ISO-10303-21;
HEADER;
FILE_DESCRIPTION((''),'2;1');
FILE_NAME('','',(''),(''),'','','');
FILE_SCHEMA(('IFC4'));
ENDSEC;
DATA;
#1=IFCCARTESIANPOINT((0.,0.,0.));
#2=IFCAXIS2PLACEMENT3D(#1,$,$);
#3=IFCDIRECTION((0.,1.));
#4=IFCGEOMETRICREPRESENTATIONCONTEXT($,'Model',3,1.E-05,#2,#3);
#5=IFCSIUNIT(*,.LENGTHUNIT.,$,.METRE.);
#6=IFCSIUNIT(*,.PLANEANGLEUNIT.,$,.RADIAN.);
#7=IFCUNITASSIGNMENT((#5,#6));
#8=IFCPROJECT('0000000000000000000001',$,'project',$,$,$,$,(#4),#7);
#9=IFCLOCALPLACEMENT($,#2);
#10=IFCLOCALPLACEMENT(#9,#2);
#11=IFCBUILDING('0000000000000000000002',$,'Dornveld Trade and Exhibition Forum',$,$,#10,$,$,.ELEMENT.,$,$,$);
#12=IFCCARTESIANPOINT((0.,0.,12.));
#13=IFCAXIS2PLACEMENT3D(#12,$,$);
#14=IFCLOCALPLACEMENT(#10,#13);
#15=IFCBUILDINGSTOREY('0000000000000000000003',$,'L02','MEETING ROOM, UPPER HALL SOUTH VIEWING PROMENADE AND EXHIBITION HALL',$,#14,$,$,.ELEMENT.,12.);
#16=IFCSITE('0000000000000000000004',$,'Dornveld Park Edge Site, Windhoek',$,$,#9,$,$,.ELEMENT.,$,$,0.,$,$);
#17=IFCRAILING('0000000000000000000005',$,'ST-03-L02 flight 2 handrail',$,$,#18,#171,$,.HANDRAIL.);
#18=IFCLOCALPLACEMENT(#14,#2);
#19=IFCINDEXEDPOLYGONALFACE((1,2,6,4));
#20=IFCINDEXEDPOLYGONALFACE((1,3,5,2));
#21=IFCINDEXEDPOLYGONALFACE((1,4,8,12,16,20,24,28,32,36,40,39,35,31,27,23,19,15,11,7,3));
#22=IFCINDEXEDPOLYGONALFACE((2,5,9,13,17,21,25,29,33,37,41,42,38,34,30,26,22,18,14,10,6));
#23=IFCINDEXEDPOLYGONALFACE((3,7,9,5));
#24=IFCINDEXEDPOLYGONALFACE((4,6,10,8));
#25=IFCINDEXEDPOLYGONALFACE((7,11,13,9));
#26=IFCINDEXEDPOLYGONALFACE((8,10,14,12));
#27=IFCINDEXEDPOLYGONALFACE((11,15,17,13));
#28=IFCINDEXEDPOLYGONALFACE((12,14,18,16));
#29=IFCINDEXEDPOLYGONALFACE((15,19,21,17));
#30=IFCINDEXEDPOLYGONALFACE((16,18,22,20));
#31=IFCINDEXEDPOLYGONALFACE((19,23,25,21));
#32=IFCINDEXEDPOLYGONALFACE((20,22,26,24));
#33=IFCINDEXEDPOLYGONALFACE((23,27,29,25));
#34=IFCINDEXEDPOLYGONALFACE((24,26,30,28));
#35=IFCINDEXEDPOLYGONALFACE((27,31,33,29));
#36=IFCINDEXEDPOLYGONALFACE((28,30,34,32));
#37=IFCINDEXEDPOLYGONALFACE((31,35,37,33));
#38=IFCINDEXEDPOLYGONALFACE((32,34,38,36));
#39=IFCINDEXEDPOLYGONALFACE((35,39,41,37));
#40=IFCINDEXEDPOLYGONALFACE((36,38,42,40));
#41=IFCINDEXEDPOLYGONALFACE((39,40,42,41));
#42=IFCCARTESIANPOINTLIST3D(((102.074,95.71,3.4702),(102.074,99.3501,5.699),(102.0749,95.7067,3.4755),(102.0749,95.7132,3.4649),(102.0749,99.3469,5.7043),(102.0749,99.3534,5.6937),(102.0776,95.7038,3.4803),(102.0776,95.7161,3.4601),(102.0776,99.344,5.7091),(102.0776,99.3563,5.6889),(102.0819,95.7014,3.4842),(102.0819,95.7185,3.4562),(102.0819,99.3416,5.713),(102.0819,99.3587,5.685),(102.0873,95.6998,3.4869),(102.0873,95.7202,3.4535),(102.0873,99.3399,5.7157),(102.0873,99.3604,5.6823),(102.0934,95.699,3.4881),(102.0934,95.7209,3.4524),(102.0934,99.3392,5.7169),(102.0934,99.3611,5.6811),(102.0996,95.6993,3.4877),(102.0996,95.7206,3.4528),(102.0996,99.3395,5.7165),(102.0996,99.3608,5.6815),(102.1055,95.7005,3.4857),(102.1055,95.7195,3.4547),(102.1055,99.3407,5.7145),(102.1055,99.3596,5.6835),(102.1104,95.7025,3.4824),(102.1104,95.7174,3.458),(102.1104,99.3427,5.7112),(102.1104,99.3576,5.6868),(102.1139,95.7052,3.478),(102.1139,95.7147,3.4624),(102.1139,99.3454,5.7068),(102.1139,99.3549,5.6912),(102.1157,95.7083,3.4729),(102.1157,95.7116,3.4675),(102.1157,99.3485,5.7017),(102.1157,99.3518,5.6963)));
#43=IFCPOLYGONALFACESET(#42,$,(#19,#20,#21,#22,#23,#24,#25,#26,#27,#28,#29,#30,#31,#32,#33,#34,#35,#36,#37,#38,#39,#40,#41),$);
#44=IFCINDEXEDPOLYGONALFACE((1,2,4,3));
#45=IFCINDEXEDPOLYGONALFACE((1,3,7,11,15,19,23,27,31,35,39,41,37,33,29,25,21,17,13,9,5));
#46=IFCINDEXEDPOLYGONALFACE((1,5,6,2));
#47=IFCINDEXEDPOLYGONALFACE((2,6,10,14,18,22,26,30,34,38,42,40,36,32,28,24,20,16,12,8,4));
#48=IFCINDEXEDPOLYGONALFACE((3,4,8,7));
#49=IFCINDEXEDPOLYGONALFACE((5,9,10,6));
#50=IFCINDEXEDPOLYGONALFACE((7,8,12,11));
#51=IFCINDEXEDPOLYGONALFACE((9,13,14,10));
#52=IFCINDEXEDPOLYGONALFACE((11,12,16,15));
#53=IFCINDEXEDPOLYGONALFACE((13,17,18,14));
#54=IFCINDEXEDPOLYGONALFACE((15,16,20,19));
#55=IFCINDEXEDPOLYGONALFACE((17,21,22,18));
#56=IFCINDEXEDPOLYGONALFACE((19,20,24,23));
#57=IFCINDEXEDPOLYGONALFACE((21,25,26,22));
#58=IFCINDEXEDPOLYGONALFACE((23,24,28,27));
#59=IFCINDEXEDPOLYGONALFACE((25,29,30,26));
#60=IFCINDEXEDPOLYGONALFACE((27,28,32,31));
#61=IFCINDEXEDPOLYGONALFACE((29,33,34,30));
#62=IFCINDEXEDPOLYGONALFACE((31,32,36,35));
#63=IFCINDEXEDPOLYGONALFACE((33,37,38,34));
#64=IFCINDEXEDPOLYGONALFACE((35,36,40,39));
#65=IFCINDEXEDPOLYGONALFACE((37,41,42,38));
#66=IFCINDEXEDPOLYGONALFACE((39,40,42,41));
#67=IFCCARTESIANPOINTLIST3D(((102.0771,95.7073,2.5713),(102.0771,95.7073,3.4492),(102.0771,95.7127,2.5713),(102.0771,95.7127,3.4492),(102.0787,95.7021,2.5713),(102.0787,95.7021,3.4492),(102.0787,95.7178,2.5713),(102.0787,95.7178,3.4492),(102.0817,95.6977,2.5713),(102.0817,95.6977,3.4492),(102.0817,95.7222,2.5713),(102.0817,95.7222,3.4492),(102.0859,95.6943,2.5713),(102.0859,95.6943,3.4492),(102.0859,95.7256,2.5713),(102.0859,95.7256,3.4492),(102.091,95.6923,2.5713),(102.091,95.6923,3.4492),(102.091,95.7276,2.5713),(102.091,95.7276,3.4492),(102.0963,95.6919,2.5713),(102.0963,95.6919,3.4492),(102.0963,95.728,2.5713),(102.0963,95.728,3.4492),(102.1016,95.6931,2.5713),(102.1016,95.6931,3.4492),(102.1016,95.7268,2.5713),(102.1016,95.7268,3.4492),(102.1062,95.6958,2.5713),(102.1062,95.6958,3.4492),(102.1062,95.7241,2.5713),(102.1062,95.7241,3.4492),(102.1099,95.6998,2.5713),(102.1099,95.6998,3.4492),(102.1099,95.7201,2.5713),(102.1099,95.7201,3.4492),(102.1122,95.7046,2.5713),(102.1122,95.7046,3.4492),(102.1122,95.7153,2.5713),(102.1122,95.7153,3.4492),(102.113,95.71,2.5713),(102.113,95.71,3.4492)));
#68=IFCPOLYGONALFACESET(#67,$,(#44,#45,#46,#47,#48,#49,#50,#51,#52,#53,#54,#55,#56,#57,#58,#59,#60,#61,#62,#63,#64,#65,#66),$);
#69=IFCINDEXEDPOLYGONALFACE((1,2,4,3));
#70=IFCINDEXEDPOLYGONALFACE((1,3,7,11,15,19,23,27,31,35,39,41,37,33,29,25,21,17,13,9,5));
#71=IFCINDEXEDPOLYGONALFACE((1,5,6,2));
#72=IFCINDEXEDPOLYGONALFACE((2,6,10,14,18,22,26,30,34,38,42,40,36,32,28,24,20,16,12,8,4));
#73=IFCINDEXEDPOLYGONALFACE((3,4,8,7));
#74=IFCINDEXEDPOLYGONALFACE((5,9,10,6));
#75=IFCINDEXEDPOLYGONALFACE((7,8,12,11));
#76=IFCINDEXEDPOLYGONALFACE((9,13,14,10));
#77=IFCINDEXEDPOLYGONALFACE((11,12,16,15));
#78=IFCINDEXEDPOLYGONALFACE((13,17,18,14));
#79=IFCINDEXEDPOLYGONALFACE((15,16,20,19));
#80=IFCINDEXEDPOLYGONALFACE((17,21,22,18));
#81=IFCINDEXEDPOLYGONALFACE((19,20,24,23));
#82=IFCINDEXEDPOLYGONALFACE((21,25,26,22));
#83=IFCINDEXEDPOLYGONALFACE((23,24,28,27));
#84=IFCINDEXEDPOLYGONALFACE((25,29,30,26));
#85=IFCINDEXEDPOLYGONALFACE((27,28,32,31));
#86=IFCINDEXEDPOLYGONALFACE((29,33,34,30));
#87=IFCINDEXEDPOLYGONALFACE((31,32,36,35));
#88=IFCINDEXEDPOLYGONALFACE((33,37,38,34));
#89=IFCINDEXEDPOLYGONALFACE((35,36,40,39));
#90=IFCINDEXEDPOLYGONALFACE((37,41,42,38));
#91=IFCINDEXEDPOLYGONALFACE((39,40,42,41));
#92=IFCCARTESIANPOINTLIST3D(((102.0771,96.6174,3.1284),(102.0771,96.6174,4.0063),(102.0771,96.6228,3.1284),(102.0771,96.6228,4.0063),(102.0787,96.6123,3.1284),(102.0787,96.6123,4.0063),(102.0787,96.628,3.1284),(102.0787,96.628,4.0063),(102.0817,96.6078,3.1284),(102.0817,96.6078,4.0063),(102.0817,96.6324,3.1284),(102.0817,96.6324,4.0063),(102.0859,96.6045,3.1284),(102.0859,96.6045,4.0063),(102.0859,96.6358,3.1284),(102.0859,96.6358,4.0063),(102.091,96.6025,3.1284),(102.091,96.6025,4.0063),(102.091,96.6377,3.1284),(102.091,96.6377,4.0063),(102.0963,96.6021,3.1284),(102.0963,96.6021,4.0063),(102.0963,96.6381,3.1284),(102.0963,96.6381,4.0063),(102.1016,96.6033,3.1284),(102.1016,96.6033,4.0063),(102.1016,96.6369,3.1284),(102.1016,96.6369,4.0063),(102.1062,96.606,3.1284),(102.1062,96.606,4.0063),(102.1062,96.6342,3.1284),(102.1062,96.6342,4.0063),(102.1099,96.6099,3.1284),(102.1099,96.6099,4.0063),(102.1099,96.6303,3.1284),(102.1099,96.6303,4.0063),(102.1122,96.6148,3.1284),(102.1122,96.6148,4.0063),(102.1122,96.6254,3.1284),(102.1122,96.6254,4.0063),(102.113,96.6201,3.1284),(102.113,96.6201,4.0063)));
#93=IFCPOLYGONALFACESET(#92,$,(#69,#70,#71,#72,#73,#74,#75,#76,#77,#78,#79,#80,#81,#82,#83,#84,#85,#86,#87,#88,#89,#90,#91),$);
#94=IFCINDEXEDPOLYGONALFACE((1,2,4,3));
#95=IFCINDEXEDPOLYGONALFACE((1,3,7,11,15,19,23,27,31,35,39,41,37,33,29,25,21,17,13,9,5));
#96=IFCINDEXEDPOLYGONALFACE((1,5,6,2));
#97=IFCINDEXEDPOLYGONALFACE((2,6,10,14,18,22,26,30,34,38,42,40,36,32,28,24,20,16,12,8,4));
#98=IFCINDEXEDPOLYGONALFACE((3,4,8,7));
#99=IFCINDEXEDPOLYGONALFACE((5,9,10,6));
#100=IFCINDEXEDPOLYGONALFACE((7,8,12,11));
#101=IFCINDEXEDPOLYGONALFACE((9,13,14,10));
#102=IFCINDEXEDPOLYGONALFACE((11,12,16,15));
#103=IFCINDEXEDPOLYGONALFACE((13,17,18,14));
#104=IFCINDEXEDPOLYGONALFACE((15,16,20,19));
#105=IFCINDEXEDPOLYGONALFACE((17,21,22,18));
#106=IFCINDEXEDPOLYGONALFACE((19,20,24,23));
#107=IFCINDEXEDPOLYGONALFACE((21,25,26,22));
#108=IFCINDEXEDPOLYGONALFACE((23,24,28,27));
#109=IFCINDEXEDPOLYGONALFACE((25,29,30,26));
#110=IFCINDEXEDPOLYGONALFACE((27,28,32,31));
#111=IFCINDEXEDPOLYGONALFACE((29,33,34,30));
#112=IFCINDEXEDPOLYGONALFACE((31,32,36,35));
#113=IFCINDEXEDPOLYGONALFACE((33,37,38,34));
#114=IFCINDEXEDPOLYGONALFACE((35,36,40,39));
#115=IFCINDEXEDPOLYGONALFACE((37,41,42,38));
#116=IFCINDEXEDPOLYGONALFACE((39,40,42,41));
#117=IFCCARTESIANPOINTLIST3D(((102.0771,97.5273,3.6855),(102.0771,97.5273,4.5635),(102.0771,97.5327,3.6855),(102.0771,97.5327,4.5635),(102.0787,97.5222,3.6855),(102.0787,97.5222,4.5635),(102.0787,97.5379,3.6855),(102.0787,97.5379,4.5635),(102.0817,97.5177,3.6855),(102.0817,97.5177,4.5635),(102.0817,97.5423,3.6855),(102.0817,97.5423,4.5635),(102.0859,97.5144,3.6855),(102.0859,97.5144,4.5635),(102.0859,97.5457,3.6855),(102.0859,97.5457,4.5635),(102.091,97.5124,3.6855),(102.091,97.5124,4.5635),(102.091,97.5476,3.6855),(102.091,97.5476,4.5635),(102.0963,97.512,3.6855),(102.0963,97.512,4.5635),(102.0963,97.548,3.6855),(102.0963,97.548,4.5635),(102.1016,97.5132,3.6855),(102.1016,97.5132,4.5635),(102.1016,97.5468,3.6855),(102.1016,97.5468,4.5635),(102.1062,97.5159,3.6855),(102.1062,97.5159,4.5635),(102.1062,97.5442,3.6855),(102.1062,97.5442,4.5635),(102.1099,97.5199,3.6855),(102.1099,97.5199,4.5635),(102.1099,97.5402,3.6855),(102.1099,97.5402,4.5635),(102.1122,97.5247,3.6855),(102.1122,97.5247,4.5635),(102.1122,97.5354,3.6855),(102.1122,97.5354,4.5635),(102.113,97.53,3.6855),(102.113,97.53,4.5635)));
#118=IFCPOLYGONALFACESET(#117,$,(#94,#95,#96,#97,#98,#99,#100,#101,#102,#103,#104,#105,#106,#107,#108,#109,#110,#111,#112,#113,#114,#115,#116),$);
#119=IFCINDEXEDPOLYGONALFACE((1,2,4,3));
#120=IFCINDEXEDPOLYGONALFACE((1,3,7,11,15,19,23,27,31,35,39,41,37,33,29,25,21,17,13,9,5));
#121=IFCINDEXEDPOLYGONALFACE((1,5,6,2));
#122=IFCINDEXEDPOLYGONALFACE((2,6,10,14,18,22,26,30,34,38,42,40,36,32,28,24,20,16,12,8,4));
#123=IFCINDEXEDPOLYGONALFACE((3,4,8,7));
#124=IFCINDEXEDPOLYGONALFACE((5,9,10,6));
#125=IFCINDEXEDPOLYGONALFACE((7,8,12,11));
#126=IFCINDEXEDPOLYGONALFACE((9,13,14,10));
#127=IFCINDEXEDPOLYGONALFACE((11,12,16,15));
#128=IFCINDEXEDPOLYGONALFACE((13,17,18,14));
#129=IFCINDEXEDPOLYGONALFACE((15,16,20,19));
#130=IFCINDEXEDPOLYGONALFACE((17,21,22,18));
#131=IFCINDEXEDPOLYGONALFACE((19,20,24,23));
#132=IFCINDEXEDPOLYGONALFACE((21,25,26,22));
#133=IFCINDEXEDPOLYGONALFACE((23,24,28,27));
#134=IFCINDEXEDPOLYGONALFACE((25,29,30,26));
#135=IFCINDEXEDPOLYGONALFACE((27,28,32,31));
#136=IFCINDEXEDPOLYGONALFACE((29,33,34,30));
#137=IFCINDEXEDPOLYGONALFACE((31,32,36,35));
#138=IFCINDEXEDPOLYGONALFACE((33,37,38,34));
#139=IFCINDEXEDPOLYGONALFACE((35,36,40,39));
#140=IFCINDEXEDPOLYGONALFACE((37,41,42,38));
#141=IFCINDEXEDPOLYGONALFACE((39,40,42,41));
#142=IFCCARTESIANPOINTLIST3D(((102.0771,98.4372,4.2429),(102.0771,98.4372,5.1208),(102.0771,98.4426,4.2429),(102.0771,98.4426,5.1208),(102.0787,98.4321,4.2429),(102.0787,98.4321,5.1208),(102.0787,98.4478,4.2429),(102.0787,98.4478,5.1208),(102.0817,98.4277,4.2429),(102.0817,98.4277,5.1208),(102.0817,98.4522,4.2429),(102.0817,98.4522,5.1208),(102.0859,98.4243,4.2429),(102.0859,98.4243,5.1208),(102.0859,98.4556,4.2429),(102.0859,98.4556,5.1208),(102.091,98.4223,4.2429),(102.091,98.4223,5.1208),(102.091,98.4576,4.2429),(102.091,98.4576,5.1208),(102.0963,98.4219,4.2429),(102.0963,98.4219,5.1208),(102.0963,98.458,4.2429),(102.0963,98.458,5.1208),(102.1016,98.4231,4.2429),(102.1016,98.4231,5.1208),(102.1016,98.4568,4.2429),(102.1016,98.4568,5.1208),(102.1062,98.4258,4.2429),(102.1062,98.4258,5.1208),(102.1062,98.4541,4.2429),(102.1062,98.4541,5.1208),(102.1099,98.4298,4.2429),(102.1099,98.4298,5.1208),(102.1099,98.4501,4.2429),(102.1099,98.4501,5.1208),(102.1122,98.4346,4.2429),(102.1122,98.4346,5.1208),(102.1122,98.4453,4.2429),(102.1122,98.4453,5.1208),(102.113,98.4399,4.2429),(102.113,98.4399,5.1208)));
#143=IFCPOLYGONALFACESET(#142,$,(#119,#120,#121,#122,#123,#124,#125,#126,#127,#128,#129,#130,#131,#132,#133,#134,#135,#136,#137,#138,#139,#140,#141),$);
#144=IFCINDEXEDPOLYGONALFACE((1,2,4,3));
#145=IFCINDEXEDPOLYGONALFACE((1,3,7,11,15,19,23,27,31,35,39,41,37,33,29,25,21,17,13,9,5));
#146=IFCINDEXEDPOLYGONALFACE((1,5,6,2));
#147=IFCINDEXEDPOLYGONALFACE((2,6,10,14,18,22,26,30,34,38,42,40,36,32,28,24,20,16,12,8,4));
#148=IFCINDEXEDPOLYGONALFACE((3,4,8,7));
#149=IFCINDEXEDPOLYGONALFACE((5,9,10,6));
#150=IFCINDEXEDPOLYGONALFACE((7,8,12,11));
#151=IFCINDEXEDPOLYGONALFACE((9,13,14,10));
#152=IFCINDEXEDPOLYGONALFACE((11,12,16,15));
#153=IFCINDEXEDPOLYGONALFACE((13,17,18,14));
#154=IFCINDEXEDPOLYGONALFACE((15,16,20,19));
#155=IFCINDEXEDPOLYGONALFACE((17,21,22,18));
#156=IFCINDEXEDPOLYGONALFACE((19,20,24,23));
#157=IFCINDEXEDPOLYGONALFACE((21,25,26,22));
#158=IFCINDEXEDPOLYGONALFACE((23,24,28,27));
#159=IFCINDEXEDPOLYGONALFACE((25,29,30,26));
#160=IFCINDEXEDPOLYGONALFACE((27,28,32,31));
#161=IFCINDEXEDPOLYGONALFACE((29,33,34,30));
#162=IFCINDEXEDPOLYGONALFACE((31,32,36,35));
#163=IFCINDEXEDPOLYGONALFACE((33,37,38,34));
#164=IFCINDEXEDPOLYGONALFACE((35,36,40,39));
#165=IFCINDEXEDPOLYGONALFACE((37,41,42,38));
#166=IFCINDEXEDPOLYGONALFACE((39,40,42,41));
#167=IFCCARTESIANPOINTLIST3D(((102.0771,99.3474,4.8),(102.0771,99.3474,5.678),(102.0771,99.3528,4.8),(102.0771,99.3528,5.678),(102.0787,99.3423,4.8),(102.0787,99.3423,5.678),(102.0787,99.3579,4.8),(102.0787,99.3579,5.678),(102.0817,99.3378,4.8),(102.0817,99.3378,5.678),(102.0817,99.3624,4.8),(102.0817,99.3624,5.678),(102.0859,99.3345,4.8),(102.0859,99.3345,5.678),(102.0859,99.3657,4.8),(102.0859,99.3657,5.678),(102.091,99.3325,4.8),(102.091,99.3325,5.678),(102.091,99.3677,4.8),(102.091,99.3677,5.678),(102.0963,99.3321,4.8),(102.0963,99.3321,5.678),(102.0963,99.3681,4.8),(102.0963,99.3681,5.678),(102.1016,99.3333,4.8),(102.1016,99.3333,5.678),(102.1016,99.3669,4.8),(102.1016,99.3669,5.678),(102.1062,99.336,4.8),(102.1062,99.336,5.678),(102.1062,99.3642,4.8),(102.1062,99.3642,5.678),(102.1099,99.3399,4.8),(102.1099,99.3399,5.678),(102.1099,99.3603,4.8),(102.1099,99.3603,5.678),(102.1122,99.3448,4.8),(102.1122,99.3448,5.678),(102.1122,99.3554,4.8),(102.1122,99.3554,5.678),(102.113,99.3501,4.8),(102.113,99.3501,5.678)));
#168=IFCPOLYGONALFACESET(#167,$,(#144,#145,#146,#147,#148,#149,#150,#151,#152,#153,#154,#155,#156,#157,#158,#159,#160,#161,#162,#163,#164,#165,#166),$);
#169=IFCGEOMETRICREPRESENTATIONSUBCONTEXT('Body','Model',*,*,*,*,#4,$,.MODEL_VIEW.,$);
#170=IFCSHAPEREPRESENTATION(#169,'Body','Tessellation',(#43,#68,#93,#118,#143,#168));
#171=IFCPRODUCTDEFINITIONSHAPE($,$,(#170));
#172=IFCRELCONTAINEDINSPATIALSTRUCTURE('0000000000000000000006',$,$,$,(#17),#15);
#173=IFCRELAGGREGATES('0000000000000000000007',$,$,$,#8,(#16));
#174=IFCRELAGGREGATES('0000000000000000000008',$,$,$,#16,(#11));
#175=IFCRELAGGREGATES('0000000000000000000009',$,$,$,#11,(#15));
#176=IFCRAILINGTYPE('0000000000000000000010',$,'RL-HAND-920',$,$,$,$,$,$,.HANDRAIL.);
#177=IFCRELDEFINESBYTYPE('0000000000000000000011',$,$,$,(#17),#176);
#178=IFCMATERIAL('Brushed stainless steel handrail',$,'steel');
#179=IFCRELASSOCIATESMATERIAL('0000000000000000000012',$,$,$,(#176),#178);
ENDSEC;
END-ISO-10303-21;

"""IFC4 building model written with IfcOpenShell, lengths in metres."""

from ifc_helpers import new_model, si_unit, direction, frame, origin, origin_2d, place, context, subcontext, project, spatial, circle, extrude, material, type_object, element, save


model = new_model("IFC4")

# Units and contexts
model_context = context("Model", 3, precision=1e-05, world=origin(), true_north=direction((0.0, 1.0)))
body_context = subcontext(model_context, "Body", "Model", "MODEL_VIEW")
ifc_project = project(units=[si_unit("LENGTHUNIT", "METRE"), si_unit("PLANEANGLEUNIT", "RADIAN")], contexts=[model_context])

# Site, building, storey
site_placement = place(None, origin())
site = spatial("IfcSite", under=ifc_project, at=site_placement, Name="Dornveld Park Edge Site, Windhoek", CompositionType="ELEMENT", RefElevation=0.0)
building_placement = place(site_placement, origin())
building = spatial("IfcBuilding", under=site, at=building_placement, Name="Dornveld Trade and Exhibition Forum", CompositionType="ELEMENT")
storey_placement = place(building_placement, frame((0.0, 0.0, 12.0)))
storey = spatial("IfcBuildingStorey", under=building, at=storey_placement, Name="L02", Description="MEETING ROOM, UPPER HALL SOUTH VIEWING PROMENADE AND EXHIBITION HALL", CompositionType="ELEMENT", Elevation=12.0)

# Railing
ifc_material_1 = material(Name="Brushed stainless steel handrail", Category="steel")
railing_type_1 = type_object("IfcRailingType", Name="RL-HAND-920", PredefinedType="HANDRAIL", material=ifc_material_1)
railing_1_placement = place(storey_placement, frame((102.095, 95.71, 2.5713)))
element("IfcRailing", 1, at=railing_1_placement, inside=storey, type_object=railing_type_1, Name="ST-03-L02 flight 2 handrail", PredefinedType="HANDRAIL", context=body_context, shape_type="SweptSolid", body=[
    extrude(circle(Radius=0.021, at=origin_2d()), frame((0.0, 0.0, 0.8989), z_axis=(0.0, 0.85284, 0.522172), x_axis=(-1.0, 0.0, 0.0)), (0.0, 0.0, 1.0), 4.2683),
    extrude(circle(Radius=0.0181, at=origin_2d()), origin(), (0.0, 0.0, 1.0), 0.8779),
    extrude(circle(Radius=0.0181, at=origin_2d()), frame((0.0, 0.9102, 0.5571)), (0.0, 0.0, 1.0), 0.8779),
    extrude(circle(Radius=0.0181, at=origin_2d()), frame((0.0, 1.8201, 1.1143)), (0.0, 0.0, 1.0), 0.8779),
    extrude(circle(Radius=0.0181, at=origin_2d()), frame((0.0, 2.73, 1.6716)), (0.0, 0.0, 1.0), 0.8779),
    extrude(circle(Radius=0.0181, at=origin_2d()), frame((0.0, 3.6401, 2.2288)), (0.0, 0.0, 1.0), 0.8779),
])

save(model, "model.ifc")
